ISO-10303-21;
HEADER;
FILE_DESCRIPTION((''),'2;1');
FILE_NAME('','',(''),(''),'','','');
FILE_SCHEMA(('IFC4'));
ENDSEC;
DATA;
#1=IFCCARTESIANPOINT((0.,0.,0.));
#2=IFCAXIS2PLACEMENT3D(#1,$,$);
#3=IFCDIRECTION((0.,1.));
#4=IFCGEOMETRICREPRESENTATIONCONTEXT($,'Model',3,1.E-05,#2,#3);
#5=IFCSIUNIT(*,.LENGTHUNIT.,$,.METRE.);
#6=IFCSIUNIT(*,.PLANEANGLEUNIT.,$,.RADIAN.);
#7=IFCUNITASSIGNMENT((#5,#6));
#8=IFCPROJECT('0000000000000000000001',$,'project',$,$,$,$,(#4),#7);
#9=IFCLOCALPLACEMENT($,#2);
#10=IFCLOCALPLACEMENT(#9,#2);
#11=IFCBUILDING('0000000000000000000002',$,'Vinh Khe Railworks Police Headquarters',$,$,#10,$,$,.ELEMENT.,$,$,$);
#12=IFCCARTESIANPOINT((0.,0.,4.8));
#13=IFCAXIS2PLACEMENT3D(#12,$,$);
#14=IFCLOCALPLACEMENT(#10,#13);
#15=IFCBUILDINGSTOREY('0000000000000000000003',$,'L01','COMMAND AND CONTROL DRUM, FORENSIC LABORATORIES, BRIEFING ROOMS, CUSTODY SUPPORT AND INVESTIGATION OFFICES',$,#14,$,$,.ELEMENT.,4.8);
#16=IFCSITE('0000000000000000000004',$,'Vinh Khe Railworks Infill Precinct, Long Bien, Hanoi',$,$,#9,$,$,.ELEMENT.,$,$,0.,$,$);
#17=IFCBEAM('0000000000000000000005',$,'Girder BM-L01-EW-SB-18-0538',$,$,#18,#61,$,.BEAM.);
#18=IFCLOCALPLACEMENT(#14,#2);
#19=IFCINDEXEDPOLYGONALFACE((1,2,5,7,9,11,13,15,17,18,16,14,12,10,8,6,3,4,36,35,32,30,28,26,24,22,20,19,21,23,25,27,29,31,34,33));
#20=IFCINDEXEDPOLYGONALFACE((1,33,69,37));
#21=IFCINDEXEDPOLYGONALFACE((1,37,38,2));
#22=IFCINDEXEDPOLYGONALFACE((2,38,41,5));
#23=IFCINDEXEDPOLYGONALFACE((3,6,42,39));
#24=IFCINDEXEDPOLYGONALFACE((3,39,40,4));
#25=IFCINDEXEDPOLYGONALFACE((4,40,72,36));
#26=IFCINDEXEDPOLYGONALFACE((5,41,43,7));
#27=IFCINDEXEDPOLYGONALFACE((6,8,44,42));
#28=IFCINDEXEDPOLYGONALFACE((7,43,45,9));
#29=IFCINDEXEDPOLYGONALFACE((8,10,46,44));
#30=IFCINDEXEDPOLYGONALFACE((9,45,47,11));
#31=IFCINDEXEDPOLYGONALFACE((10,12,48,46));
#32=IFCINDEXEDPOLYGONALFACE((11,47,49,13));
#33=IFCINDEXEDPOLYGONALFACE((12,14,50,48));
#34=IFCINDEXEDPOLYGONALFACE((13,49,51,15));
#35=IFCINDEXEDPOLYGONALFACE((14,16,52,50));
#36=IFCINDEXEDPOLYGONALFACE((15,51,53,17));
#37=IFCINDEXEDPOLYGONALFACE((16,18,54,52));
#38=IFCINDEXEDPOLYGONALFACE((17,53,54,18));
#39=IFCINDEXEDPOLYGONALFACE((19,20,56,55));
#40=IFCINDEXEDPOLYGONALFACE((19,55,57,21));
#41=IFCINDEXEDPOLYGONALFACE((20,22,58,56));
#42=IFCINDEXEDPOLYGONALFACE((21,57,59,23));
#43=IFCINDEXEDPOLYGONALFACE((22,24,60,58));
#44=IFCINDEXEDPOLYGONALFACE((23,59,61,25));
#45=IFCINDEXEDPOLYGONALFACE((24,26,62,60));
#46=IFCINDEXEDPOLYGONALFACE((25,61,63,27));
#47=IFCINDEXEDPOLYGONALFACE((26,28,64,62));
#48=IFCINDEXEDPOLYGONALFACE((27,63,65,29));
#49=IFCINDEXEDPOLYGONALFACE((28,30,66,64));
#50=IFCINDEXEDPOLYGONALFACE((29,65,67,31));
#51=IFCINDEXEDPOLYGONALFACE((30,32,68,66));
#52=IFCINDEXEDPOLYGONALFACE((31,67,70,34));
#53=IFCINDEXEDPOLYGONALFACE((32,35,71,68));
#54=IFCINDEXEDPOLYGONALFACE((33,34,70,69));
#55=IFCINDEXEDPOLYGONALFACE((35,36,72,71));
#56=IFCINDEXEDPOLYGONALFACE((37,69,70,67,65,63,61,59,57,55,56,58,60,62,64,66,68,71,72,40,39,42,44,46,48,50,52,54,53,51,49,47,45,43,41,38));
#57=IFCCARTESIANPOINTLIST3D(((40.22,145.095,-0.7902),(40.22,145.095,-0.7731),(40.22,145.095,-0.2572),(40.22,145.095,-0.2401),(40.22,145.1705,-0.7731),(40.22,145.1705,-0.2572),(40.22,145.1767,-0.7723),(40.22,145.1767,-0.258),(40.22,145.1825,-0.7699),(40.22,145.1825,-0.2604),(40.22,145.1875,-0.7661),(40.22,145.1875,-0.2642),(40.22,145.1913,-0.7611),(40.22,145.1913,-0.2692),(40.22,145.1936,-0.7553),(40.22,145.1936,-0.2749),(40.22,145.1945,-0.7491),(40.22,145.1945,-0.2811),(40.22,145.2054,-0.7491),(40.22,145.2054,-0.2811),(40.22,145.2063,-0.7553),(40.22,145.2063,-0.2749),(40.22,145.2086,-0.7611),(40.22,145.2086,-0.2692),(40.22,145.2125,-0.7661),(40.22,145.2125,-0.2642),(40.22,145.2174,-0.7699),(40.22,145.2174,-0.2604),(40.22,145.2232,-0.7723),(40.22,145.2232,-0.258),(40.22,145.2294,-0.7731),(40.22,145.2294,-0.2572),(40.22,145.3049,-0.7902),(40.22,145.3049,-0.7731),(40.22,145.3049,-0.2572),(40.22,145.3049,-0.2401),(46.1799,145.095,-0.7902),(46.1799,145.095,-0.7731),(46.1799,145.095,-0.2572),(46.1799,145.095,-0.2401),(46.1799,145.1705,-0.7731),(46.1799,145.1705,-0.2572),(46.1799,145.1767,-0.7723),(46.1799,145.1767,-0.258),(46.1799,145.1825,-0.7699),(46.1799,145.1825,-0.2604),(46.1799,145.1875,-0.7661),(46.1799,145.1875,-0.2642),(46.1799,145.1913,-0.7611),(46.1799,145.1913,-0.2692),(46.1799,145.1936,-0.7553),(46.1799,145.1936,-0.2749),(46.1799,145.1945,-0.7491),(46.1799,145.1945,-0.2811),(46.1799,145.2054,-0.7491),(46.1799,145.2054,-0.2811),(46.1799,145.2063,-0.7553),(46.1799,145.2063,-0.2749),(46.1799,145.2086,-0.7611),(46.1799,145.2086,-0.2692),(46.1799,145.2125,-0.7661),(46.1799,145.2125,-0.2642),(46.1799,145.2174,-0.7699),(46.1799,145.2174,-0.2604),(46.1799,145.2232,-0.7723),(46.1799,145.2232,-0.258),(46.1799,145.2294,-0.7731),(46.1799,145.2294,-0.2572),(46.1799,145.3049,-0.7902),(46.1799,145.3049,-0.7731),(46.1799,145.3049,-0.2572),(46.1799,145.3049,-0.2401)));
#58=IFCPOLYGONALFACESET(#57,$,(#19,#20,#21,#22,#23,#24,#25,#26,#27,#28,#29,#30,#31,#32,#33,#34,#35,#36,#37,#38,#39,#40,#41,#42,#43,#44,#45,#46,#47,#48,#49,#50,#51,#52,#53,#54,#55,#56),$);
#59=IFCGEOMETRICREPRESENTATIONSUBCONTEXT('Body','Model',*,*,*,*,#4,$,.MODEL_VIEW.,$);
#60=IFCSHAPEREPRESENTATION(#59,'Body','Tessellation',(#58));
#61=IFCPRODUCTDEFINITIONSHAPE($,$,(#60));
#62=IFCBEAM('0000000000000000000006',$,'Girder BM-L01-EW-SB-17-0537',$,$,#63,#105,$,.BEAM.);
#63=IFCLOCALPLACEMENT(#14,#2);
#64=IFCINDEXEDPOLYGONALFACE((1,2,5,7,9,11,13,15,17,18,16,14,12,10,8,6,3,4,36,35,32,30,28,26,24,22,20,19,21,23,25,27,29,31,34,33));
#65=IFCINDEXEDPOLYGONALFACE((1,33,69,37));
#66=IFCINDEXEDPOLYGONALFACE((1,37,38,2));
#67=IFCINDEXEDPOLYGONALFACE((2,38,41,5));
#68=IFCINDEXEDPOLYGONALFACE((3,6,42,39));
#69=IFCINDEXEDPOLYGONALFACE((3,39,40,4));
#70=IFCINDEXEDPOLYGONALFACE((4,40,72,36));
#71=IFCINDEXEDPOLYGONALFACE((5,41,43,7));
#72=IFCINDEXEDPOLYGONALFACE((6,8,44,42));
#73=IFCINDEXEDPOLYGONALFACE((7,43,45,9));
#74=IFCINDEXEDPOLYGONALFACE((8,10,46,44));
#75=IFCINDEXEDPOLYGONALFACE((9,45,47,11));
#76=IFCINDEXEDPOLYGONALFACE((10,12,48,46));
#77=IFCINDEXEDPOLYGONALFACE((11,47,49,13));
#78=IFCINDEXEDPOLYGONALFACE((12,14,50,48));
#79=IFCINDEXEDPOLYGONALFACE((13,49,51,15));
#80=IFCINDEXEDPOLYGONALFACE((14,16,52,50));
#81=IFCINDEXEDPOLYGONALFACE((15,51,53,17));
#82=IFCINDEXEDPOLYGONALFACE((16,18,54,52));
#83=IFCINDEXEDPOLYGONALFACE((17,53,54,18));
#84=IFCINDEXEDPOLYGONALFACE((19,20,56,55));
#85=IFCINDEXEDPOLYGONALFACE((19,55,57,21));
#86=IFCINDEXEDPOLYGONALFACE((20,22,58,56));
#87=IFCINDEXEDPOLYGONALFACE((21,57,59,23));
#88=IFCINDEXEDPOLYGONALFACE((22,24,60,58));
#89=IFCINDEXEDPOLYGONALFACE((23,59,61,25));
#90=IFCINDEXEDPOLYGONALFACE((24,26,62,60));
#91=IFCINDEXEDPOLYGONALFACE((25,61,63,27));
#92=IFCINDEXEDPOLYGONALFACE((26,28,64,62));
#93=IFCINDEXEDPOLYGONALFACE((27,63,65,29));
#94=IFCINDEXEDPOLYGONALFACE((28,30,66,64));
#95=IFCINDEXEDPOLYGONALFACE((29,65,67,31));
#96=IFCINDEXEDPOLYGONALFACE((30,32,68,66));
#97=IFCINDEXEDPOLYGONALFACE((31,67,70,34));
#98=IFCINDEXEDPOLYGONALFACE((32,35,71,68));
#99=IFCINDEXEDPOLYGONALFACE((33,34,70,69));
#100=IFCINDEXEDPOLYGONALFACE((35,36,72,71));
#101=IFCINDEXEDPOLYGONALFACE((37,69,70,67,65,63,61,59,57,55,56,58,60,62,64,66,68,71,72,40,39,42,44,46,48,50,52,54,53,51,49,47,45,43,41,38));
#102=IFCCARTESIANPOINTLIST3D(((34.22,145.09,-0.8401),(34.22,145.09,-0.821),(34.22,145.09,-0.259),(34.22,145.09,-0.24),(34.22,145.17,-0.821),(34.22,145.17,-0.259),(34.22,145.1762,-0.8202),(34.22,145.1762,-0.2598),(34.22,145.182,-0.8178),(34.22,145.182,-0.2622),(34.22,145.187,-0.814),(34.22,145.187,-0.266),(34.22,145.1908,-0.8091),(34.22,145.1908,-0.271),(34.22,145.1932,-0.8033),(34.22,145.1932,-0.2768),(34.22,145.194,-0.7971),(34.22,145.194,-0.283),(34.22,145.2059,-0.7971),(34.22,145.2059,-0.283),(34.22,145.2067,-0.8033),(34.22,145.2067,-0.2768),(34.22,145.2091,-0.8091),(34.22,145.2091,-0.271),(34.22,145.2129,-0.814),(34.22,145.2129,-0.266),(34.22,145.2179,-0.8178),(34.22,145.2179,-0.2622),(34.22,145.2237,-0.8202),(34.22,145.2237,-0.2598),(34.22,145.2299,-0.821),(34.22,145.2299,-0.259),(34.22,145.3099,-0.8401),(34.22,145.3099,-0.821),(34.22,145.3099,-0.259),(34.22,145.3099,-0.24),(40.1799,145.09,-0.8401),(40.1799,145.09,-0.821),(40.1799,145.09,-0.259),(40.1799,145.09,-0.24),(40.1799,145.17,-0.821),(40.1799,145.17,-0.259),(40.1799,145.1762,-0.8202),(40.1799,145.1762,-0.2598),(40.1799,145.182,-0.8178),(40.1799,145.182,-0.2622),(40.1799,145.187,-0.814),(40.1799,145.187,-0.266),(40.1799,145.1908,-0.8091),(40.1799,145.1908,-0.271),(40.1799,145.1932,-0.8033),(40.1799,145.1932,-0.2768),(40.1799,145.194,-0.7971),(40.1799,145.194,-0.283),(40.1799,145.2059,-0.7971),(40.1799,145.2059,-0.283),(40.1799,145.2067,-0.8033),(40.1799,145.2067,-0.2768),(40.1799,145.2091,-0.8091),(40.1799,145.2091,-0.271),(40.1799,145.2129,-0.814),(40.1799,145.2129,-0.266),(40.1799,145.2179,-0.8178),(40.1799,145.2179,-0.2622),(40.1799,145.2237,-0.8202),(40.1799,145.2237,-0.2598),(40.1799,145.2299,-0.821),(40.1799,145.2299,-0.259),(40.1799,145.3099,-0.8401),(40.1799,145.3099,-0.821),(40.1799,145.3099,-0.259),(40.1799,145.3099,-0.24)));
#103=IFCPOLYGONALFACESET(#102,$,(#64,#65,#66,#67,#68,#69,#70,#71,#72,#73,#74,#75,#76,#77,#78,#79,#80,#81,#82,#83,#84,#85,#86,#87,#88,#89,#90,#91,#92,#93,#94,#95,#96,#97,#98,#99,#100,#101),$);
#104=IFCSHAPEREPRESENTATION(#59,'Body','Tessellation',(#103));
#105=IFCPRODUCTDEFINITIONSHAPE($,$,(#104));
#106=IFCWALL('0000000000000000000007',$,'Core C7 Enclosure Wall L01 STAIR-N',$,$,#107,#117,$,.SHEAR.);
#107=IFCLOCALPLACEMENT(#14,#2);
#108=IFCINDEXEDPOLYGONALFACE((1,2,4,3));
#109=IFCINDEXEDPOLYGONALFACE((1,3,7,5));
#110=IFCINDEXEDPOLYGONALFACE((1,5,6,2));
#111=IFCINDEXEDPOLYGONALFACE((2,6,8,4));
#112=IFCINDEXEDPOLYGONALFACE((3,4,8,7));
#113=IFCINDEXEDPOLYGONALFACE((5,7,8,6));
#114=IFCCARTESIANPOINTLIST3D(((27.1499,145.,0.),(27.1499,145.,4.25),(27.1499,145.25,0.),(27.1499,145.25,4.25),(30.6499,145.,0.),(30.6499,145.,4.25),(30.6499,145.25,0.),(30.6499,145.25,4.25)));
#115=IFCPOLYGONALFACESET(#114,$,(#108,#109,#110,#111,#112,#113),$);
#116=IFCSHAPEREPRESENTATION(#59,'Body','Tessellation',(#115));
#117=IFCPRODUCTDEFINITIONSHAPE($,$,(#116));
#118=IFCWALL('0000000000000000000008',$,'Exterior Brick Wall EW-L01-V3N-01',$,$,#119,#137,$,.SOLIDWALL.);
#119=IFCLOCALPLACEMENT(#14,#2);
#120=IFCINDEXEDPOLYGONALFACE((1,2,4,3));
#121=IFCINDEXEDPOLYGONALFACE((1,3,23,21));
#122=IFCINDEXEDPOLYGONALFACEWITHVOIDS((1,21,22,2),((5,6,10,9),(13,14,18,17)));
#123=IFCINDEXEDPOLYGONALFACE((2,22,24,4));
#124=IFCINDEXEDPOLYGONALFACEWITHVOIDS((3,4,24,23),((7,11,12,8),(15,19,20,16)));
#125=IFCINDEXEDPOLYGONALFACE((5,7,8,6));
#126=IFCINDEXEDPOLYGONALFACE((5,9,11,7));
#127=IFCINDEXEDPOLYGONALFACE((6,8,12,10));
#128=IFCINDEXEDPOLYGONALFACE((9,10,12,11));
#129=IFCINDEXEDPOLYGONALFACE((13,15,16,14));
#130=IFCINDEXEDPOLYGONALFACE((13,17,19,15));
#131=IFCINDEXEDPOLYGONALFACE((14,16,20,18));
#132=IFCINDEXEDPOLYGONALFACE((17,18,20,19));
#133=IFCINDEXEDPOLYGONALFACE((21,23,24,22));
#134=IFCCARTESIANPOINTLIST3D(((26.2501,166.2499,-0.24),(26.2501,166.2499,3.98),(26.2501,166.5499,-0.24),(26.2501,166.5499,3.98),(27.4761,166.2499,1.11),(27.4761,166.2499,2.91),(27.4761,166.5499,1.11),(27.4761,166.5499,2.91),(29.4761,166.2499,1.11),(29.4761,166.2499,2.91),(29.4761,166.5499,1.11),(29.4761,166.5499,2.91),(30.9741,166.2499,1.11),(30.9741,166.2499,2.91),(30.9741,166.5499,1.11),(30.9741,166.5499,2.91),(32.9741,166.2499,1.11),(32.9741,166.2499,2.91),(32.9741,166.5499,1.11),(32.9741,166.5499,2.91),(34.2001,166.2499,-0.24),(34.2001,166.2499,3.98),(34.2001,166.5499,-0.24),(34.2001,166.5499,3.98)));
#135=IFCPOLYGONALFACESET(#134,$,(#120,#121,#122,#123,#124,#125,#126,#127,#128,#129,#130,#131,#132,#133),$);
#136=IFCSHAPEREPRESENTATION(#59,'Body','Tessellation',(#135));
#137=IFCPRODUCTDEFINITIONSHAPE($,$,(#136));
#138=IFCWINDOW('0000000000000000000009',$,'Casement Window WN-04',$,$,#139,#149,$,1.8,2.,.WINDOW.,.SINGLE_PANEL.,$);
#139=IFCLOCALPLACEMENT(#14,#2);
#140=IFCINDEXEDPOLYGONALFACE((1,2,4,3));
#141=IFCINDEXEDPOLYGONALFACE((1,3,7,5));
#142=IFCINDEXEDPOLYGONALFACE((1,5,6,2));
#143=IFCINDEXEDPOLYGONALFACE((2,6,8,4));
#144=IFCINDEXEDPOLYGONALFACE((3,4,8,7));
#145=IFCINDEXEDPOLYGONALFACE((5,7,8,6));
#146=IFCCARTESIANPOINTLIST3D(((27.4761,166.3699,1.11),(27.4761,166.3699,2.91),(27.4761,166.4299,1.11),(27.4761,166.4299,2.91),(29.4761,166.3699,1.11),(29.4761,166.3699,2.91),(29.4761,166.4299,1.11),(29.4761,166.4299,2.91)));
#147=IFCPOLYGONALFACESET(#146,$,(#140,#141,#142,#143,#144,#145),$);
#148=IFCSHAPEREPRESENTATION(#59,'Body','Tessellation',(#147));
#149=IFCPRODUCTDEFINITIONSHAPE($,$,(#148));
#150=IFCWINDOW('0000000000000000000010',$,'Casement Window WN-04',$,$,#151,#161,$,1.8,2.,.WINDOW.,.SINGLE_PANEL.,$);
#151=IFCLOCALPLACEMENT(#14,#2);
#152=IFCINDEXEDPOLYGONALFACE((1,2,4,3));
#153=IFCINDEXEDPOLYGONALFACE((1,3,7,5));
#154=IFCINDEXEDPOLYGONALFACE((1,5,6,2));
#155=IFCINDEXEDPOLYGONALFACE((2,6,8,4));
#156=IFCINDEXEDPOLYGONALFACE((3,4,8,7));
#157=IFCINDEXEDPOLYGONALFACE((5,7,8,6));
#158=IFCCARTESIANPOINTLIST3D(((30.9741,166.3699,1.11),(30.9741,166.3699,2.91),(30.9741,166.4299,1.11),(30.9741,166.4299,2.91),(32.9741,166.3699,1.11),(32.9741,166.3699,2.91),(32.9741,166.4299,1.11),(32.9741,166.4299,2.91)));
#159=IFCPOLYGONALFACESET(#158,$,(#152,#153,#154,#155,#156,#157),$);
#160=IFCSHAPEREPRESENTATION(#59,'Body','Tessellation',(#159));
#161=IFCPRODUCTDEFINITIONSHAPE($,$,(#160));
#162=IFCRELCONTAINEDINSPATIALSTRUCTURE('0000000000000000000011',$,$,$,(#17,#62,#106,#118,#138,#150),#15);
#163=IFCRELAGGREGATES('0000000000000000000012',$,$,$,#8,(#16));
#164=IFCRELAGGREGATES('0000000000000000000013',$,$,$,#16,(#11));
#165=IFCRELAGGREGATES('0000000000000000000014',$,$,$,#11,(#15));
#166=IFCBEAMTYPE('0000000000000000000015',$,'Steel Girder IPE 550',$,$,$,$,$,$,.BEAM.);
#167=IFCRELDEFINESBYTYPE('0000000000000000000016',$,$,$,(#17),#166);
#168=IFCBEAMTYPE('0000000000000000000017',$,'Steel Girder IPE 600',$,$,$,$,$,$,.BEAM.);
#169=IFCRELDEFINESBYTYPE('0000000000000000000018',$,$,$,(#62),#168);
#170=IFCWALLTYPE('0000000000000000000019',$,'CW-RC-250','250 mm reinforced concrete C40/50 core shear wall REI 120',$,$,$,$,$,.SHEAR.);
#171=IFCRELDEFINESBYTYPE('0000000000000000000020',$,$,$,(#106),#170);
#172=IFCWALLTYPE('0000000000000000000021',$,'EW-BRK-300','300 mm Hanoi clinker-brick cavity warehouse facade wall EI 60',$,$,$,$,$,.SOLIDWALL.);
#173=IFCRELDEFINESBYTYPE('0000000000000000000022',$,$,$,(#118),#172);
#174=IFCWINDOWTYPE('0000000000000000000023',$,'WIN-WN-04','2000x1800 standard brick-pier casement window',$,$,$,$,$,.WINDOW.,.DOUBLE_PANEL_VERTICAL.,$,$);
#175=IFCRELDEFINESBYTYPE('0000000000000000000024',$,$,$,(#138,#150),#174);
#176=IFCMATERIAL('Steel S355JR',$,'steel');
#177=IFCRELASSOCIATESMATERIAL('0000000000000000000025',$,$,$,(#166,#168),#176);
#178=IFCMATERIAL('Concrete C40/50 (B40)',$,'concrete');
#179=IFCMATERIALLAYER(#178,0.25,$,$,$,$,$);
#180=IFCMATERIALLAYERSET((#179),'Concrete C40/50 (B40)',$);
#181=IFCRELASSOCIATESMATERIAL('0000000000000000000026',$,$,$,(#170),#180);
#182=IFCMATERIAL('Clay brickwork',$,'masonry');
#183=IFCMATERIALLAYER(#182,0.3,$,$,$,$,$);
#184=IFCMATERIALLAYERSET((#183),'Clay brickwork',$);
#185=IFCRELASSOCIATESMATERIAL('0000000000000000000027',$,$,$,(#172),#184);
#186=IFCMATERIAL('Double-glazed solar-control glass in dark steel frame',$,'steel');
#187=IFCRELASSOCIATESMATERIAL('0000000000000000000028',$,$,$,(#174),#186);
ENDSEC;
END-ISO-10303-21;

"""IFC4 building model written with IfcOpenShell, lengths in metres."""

from ifc_helpers import new_model, si_unit, direction, frame, frame_2d, origin, origin_2d, place, context, subcontext, project, spatial, rectangle, i_section, extrude, material, layer, layer_set, material_profile, profile_set, type_object, element, fill, save


model = new_model("IFC4")

# Units and contexts
model_context = context("Model", 3, precision=1e-05, world=origin(), true_north=direction((0.0, 1.0)))
body_context = subcontext(model_context, "Body", "Model", "MODEL_VIEW")
ifc_project = project(units=[si_unit("LENGTHUNIT", "METRE"), si_unit("PLANEANGLEUNIT", "RADIAN")], contexts=[model_context])

# Site, building, storey
site_placement = place(None, origin())
site = spatial("IfcSite", under=ifc_project, at=site_placement, Name="Vinh Khe Railworks Infill Precinct, Long Bien, Hanoi", CompositionType="ELEMENT", RefElevation=0.0)
building_placement = place(site_placement, origin())
building = spatial("IfcBuilding", under=site, at=building_placement, Name="Vinh Khe Railworks Police Headquarters", CompositionType="ELEMENT")
storey_placement = place(building_placement, frame((0.0, 0.0, 4.8)))
storey = spatial("IfcBuildingStorey", under=building, at=storey_placement, Name="L01", Description="COMMAND AND CONTROL DRUM, FORENSIC LABORATORIES, BRIEFING ROOMS, CUSTODY SUPPORT AND INVESTIGATION OFFICES", CompositionType="ELEMENT", Elevation=4.8)

# Shared definitions
ifc_material_1 = material(Name="Steel S355JR", Category="steel")

# Beams
ifc_material_profile_1 = material_profile(ifc_material_1, i_section(OverallWidth=0.21, OverallDepth=0.55, WebThickness=0.011, FlangeThickness=0.0171, FilletRadius=0.0239, at=origin_2d()), Name="IPE 550")
ifc_profile_set_1 = profile_set([ifc_material_profile_1], Name="Steel S355JR")
beam_type_1 = type_object("IfcBeamType", Name="Steel Girder IPE 550", PredefinedType="BEAM", material=ifc_profile_set_1)
beam_1_placement = place(storey_placement, frame((40.22, 145.2, -0.5151), z_axis=(1.0, 0.0, 0.0), x_axis=(0.0, 1.0, 0.0)))
element("IfcBeam", 1, at=beam_1_placement, inside=storey, type_object=beam_type_1, Name="Girder BM-L01-EW-SB-18-0538", PredefinedType="BEAM", context=body_context, shape_type="SweptSolid", body=[
    extrude(i_section(OverallWidth=0.21, OverallDepth=0.55, WebThickness=0.011, FlangeThickness=0.0171, FilletRadius=0.0239, at=origin_2d()), origin(), (0.0, 0.0, 1.0), 5.96),
])
ifc_material_profile_2 = material_profile(ifc_material_1, i_section(OverallWidth=0.22, OverallDepth=0.6001, WebThickness=0.012, FlangeThickness=0.019, FilletRadius=0.0239, at=origin_2d()), Name="IPE 600")
ifc_profile_set_2 = profile_set([ifc_material_profile_2], Name="Steel S355JR")
beam_type_2 = type_object("IfcBeamType", Name="Steel Girder IPE 600", PredefinedType="BEAM", material=ifc_profile_set_2)
beam_2_placement = place(storey_placement, frame((34.22, 145.2, -0.54), z_axis=(1.0, 0.0, 0.0), x_axis=(0.0, 1.0, 0.0)))
element("IfcBeam", 2, at=beam_2_placement, inside=storey, type_object=beam_type_2, Name="Girder BM-L01-EW-SB-17-0537", PredefinedType="BEAM", context=body_context, shape_type="SweptSolid", body=[
    extrude(i_section(OverallWidth=0.22, OverallDepth=0.6001, WebThickness=0.012, FlangeThickness=0.019, FilletRadius=0.0239, at=origin_2d()), origin(), (0.0, 0.0, 1.0), 5.96),
])

# Wall
ifc_material_2 = material(Name="Concrete C40/50 (B40)", Category="concrete")
ifc_layer_1 = layer(ifc_material_2, 0.25)
ifc_layer_set_1 = layer_set([ifc_layer_1], Name="Concrete C40/50 (B40)")
wall_type_1 = type_object("IfcWallType", Name="CW-RC-250", Description="250 mm reinforced concrete C40/50 core shear wall REI 120", PredefinedType="SHEAR", material=ifc_layer_set_1)
wall_1_placement = place(storey_placement, frame((27.1499, 145.125, 0.0), z_axis=(0.0, 0.0, 1.0), x_axis=(1.0, 0.0, 0.0)))
element("IfcWall", 3, at=wall_1_placement, inside=storey, type_object=wall_type_1, Name="Core C7 Enclosure Wall L01 STAIR-N", PredefinedType="SHEAR", context=body_context, shape_type="SweptSolid", body=[
    extrude(rectangle(XDim=3.5, YDim=0.25, at=frame_2d((1.75, 0.0))), origin(), (0.0, 0.0, 1.0), 4.25),
])

# Wall, openings, windows
ifc_material_3 = material(Name="Clay brickwork", Category="masonry")
ifc_layer_2 = layer(ifc_material_3, 0.3)
ifc_layer_set_2 = layer_set([ifc_layer_2], Name="Clay brickwork")
wall_type_2 = type_object("IfcWallType", Name="EW-BRK-300", Description="300 mm Hanoi clinker-brick cavity warehouse facade wall EI 60", PredefinedType="SOLIDWALL", material=ifc_layer_set_2)
wall_2_placement = place(storey_placement, frame((26.25, 166.3999, -0.24), z_axis=(0.0, 0.0, 1.0), x_axis=(1.0, 0.0, 0.0)))
wall_2 = element("IfcWall", 4, at=wall_2_placement, inside=storey, type_object=wall_type_2, Name="Exterior Brick Wall EW-L01-V3N-01", PredefinedType="SOLIDWALL", context=body_context, shape_type="SweptSolid", body=[
    extrude(rectangle(XDim=7.95, YDim=0.3, at=frame_2d((3.9751, 0.0))), origin(), (0.0, 0.0, 1.0), 4.22),
])
opening_1_placement = place(wall_2_placement, frame((1.2261, 0.0, 1.3501)))
opening_1 = element("IfcOpeningElement", 5, at=opening_1_placement, cuts=wall_2, PredefinedType="OPENING", context=body_context, shape_type="SweptSolid", body=[
    extrude(rectangle(XDim=2.0, YDim=1.8, at=frame_2d((1.0, 0.8999))), frame((0.0, 0.165, 0.0), z_axis=(0.0, -1.0, 0.0), x_axis=(1.0, 0.0, 0.0)), (0.0, 0.0, 1.0), 0.3298),
])
opening_2_placement = place(wall_2_placement, frame((4.7241, 0.0, 1.3501)))
opening_2 = element("IfcOpeningElement", 6, at=opening_2_placement, cuts=wall_2, PredefinedType="OPENING", context=body_context, shape_type="SweptSolid", body=[
    extrude(rectangle(XDim=2.0, YDim=1.8, at=frame_2d((1.0, 0.8999))), frame((0.0, 0.165, 0.0), z_axis=(0.0, -1.0, 0.0), x_axis=(1.0, 0.0, 0.0)), (0.0, 0.0, 1.0), 0.3298),
])
ifc_material_4 = material(Name="Double-glazed solar-control glass in dark steel frame", Category="steel")
window_type_1 = type_object("IfcWindowType", Name="WIN-WN-04", Description="2000x1800 standard brick-pier casement window", PartitioningType="DOUBLE_PANEL_VERTICAL", PredefinedType="WINDOW", material=ifc_material_4)
window_1_placement = place(opening_1_placement, origin())
window_1 = element("IfcWindow", 7, at=window_1_placement, inside=storey, type_object=window_type_1, Name="Casement Window WN-04", OverallHeight=1.8, OverallWidth=2.0, PartitioningType="SINGLE_PANEL", PredefinedType="WINDOW", context=body_context, shape_type="SweptSolid", body=[
    extrude(rectangle(XDim=2.0, YDim=1.8, at=frame_2d((1.0, 0.8999))), frame((0.0, 0.03, 0.0), z_axis=(0.0, -1.0, 0.0), x_axis=(1.0, 0.0, 0.0)), (0.0, 0.0, 1.0), 0.0601),
])
fill(opening_1, window_1)
window_2_placement = place(opening_2_placement, origin())
window_2 = element("IfcWindow", 8, at=window_2_placement, inside=storey, type_object=window_type_1, Name="Casement Window WN-04", OverallHeight=1.8, OverallWidth=2.0, PartitioningType="SINGLE_PANEL", PredefinedType="WINDOW", context=body_context, shape_type="SweptSolid", body=[
    extrude(rectangle(XDim=2.0, YDim=1.8, at=frame_2d((1.0, 0.8999))), frame((0.0, 0.03, 0.0), z_axis=(0.0, -1.0, 0.0), x_axis=(1.0, 0.0, 0.0)), (0.0, 0.0, 1.0), 0.0601),
])
fill(opening_2, window_2)

save(model, "model.ifc")
